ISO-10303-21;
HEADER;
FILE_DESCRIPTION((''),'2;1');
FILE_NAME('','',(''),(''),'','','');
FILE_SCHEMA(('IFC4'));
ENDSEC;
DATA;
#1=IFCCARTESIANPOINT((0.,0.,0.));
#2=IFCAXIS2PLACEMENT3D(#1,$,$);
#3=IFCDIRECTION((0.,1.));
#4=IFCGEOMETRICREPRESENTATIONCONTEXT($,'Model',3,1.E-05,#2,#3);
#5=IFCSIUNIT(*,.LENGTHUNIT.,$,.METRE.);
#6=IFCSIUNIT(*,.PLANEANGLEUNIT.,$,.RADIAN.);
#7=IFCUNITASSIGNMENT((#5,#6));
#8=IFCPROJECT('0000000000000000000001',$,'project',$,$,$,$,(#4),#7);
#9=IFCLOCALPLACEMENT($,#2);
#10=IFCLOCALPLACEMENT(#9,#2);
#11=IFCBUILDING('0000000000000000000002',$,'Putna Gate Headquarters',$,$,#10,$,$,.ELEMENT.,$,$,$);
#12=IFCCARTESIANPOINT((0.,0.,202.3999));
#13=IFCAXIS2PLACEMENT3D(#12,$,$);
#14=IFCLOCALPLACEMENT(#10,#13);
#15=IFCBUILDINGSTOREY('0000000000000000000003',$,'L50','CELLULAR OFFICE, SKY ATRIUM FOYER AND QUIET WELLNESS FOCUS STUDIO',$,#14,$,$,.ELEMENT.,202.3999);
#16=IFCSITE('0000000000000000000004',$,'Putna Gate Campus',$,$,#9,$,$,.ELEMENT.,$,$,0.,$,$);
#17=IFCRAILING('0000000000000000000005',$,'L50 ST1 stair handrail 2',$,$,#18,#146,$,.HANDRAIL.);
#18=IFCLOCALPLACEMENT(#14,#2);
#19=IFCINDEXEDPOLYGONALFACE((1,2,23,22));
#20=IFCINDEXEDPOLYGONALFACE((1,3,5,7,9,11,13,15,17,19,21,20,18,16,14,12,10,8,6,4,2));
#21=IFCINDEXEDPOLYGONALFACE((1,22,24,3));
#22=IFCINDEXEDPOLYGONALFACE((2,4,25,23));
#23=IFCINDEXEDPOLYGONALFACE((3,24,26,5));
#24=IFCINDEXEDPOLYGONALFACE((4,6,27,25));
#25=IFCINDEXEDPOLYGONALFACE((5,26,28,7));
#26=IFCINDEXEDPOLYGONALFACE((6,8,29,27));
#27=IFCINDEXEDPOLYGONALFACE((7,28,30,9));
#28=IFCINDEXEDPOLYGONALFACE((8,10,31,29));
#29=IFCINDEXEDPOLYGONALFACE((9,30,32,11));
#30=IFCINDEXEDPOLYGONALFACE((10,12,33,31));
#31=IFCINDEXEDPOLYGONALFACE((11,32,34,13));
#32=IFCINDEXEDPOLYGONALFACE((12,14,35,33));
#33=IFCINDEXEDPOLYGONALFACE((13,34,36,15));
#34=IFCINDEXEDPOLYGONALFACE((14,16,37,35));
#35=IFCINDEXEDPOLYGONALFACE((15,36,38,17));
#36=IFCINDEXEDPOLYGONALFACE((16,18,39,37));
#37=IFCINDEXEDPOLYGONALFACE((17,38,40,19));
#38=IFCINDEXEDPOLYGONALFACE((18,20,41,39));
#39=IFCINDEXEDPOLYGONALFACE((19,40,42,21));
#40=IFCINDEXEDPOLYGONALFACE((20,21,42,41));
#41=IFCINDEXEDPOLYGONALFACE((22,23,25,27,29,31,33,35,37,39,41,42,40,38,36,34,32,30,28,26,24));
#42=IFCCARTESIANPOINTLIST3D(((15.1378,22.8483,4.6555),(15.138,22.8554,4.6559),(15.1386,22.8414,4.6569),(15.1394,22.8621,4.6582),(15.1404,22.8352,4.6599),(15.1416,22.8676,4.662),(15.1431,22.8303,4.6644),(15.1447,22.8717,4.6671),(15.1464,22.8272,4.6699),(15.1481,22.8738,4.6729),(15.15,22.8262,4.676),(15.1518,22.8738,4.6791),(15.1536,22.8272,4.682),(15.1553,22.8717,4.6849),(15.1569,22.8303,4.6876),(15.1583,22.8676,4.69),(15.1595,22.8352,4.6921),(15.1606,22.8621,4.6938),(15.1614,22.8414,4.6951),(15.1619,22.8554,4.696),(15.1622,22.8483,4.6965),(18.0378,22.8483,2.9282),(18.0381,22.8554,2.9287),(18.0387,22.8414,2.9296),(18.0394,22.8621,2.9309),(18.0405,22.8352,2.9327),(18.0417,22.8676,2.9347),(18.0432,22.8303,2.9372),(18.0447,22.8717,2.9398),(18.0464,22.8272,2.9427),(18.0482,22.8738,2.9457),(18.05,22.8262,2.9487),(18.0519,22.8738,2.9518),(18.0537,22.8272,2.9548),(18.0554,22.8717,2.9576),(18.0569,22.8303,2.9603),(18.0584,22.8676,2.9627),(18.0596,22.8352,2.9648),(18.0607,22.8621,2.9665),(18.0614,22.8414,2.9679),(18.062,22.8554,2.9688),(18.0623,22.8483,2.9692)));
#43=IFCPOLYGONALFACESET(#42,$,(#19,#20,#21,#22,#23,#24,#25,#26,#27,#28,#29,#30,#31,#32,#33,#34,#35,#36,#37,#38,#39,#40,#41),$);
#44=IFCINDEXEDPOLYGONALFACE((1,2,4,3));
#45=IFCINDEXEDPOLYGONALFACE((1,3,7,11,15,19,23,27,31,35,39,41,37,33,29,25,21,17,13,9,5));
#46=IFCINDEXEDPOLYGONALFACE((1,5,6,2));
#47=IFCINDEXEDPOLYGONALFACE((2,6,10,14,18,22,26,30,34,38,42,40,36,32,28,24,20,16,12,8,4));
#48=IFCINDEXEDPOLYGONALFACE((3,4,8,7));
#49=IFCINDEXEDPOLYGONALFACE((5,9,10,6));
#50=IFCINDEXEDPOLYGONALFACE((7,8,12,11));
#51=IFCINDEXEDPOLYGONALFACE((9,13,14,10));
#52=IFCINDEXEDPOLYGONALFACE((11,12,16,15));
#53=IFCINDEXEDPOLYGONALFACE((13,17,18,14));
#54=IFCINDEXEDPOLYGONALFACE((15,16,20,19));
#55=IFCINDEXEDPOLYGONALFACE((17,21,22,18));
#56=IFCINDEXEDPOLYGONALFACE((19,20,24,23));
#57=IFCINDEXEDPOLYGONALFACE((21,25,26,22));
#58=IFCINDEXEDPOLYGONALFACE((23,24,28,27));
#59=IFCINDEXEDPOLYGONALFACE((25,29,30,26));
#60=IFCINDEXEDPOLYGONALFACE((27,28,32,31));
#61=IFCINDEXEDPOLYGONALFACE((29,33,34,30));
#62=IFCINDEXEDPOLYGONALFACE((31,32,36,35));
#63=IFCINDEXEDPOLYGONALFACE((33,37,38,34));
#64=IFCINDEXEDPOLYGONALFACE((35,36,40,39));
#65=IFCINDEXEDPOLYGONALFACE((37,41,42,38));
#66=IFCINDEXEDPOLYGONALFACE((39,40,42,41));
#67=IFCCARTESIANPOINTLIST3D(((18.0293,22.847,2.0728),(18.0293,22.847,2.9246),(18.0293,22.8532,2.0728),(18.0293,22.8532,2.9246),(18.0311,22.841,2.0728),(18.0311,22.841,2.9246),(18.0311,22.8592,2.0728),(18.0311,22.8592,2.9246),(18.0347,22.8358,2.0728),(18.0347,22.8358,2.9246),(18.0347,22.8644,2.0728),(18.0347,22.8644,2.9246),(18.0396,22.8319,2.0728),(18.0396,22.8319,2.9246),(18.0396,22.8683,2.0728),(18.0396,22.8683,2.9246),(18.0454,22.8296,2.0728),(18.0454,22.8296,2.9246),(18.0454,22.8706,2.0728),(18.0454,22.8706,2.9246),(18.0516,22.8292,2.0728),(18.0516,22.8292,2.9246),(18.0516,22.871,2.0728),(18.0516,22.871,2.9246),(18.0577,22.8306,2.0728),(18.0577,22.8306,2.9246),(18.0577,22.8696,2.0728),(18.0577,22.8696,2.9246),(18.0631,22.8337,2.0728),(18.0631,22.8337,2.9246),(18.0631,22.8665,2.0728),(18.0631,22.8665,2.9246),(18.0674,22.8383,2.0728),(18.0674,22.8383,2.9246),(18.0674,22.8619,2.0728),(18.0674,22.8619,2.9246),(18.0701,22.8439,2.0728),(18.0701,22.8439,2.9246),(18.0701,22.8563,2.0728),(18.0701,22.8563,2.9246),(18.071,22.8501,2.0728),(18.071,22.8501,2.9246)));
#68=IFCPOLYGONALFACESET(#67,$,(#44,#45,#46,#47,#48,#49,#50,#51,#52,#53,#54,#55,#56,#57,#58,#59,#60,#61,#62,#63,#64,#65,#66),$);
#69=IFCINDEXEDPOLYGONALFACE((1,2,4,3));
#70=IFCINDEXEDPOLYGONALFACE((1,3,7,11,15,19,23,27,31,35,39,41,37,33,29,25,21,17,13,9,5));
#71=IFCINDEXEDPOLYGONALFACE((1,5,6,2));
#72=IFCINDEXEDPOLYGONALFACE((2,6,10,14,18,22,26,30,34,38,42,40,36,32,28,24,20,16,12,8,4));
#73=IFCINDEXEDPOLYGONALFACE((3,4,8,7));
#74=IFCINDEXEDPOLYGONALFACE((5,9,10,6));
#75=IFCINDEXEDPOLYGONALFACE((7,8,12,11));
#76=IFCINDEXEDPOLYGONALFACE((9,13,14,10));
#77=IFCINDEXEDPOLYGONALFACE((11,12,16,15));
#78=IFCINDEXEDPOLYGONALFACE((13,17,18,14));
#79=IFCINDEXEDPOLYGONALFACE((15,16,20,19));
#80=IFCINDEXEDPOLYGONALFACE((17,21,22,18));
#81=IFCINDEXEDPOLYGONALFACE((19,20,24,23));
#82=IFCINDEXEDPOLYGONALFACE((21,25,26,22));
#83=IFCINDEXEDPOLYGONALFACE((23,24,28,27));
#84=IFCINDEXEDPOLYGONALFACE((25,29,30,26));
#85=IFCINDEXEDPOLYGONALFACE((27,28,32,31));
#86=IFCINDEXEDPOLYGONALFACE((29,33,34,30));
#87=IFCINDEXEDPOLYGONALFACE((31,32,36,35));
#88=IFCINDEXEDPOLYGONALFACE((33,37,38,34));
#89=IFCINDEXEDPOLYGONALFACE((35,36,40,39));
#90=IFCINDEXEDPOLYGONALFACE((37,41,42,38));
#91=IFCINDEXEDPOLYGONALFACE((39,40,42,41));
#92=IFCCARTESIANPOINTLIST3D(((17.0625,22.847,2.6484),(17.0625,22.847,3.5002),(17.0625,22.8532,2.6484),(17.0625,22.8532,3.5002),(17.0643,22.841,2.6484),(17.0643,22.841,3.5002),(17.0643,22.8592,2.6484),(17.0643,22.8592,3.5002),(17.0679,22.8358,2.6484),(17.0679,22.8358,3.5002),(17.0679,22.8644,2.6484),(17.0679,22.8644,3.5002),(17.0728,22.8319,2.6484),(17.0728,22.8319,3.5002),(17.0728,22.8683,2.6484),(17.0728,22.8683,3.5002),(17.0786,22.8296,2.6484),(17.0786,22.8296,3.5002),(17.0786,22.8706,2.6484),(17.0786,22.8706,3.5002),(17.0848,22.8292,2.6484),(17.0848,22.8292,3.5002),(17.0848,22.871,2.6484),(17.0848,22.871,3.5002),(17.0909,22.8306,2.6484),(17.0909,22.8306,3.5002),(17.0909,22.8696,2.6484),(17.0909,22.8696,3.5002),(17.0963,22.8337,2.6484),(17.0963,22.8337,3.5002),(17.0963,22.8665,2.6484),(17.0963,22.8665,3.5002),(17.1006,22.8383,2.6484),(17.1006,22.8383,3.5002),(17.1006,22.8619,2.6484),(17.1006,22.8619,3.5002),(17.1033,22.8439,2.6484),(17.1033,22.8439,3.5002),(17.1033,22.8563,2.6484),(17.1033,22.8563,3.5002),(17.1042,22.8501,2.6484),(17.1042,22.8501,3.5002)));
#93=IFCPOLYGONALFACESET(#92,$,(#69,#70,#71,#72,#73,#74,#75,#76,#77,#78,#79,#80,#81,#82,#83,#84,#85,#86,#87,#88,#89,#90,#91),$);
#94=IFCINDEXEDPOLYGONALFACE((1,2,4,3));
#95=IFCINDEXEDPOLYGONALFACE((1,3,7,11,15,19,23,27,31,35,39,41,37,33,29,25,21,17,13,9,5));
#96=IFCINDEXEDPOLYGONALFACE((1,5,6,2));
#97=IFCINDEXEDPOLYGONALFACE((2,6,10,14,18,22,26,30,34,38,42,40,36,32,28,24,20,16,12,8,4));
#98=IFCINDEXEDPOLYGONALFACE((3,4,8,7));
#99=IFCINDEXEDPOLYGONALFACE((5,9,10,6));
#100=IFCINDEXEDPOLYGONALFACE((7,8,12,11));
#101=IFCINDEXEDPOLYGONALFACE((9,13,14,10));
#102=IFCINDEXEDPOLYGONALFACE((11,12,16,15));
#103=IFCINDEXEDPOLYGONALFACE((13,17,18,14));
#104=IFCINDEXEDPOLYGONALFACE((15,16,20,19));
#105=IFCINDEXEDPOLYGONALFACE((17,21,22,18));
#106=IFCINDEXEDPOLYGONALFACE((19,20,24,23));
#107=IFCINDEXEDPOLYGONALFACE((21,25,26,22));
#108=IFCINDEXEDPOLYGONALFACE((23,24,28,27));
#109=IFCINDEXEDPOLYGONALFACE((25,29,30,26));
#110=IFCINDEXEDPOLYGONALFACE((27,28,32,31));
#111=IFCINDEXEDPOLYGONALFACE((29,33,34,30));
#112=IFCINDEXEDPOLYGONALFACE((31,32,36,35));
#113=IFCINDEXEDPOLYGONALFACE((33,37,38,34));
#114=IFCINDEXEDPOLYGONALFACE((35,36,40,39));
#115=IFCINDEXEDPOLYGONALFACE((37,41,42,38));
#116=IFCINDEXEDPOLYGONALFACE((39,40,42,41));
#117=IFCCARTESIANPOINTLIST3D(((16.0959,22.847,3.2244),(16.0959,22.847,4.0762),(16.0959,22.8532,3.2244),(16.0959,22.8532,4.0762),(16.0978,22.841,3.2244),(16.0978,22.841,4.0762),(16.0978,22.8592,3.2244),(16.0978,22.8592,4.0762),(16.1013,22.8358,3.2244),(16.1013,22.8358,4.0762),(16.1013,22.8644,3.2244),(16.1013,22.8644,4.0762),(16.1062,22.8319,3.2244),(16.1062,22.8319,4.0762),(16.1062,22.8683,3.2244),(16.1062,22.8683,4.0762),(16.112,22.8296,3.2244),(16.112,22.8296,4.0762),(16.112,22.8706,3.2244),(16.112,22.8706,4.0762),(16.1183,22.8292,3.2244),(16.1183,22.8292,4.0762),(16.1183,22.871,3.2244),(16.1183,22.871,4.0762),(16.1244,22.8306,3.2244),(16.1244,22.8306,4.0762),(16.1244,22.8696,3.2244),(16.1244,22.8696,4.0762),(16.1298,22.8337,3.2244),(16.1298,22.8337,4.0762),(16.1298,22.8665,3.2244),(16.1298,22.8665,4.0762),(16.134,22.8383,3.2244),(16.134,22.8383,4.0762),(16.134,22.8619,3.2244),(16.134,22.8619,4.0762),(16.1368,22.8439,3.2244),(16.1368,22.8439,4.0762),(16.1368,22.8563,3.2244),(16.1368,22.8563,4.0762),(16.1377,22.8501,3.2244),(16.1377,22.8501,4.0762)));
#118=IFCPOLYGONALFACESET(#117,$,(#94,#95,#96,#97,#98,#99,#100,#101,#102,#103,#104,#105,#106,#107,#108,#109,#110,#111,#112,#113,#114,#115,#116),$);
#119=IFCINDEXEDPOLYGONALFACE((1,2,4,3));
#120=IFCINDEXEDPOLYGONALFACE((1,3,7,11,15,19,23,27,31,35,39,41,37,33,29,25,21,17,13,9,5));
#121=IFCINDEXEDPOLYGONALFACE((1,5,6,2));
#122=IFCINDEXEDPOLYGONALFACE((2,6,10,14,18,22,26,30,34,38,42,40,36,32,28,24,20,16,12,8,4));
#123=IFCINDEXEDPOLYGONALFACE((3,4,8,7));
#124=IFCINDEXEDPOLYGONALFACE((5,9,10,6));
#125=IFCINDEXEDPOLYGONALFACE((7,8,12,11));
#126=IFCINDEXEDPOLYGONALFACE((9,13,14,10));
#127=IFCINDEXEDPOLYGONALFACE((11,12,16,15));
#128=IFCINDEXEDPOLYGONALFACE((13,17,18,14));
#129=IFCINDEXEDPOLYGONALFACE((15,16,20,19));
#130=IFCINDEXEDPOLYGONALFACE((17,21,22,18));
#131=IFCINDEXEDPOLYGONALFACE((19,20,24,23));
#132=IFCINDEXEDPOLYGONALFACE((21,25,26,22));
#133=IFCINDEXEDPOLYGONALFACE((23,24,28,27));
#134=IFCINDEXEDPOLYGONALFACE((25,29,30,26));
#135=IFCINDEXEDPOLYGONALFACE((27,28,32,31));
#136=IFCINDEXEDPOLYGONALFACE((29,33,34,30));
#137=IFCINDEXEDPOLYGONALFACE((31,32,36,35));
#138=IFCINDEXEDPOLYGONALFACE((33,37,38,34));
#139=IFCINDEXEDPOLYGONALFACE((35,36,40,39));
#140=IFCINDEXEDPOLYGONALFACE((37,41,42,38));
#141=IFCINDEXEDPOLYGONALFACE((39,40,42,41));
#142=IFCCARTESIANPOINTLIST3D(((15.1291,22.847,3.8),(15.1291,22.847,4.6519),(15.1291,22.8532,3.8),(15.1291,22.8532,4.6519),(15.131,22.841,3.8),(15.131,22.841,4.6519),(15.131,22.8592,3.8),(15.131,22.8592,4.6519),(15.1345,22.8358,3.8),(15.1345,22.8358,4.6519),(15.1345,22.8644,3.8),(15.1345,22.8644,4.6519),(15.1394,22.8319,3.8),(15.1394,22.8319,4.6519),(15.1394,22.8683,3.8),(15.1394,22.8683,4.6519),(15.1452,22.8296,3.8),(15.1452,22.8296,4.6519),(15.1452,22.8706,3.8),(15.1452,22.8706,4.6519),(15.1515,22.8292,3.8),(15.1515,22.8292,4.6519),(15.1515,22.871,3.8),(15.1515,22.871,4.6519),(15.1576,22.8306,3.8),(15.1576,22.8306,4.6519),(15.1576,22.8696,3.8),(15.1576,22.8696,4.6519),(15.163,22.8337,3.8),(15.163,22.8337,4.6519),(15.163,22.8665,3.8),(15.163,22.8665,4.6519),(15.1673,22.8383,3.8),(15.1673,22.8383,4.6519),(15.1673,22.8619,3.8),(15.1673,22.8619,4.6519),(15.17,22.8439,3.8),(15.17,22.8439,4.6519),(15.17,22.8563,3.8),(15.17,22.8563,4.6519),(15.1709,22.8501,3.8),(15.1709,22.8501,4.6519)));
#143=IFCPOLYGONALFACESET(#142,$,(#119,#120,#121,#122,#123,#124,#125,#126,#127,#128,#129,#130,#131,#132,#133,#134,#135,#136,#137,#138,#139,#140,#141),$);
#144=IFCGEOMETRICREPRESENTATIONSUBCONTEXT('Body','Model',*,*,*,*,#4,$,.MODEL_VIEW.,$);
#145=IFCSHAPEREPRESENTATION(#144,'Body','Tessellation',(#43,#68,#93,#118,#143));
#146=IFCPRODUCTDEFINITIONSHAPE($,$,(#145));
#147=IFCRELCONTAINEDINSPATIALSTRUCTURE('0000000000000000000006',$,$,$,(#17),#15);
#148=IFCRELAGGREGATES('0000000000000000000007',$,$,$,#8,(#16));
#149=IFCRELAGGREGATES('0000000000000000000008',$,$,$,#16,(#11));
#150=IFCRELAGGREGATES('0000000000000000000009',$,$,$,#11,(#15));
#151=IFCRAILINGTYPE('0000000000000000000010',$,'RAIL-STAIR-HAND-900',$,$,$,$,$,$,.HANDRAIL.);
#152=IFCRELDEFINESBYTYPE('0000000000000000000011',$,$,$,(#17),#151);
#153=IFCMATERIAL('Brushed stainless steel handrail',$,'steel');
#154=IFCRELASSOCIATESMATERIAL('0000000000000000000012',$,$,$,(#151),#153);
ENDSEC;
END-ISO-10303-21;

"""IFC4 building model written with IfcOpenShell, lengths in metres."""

from ifc_helpers import new_model, si_unit, direction, frame, origin, origin_2d, place, context, subcontext, project, spatial, circle, extrude, material, type_object, element, save


model = new_model("IFC4")

# Units and contexts
model_context = context("Model", 3, precision=1e-05, world=origin(), true_north=direction((0.0, 1.0)))
body_context = subcontext(model_context, "Body", "Model", "MODEL_VIEW")
ifc_project = project(units=[si_unit("LENGTHUNIT", "METRE"), si_unit("PLANEANGLEUNIT", "RADIAN")], contexts=[model_context])

# Site, building, storey
site_placement = place(None, origin())
site = spatial("IfcSite", under=ifc_project, at=site_placement, Name="Putna Gate Campus", CompositionType="ELEMENT", RefElevation=0.0)
building_placement = place(site_placement, origin())
building = spatial("IfcBuilding", under=site, at=building_placement, Name="Putna Gate Headquarters", CompositionType="ELEMENT")
storey_placement = place(building_placement, frame((0.0, 0.0, 202.3999)))
storey = spatial("IfcBuildingStorey", under=building, at=storey_placement, Name="L50", Description="CELLULAR OFFICE, SKY ATRIUM FOYER AND QUIET WELLNESS FOCUS STUDIO", CompositionType="ELEMENT", Elevation=202.3999)

# Railing
ifc_material_1 = material(Name="Brushed stainless steel handrail", Category="steel")
railing_type_1 = type_object("IfcRailingType", Name="RAIL-STAIR-HAND-900", PredefinedType="HANDRAIL", material=ifc_material_1)
railing_1_placement = place(storey_placement, frame((18.05, 22.8501, 2.0728)))
element("IfcRailing", 1, at=railing_1_placement, inside=storey, type_object=railing_type_1, Name="L50 ST1 stair handrail 2", PredefinedType="HANDRAIL", context=body_context, shape_type="SweptSolid", body=[
    extrude(circle(Radius=0.0239, at=origin_2d()), frame((0.0, 0.0, 0.876), z_axis=(-0.85916, 0.0, 0.511706), x_axis=(0.0, -1.0, 0.0)), (0.0, 0.0, 1.0), 3.3755),
    extrude(circle(Radius=0.021, at=origin_2d()), origin(), (0.0, 0.0, 1.0), 0.8518),
    extrude(circle(Radius=0.021, at=origin_2d()), frame((-0.9668, 0.0, 0.5757)), (0.0, 0.0, 1.0), 0.8518),
    extrude(circle(Radius=0.021, at=origin_2d()), frame((-1.9333, 0.0, 1.1516)), (0.0, 0.0, 1.0), 0.8518),
    extrude(circle(Radius=0.021, at=origin_2d()), frame((-2.9001, 0.0, 1.7273)), (0.0, 0.0, 1.0), 0.8518),
])

save(model, "model.ifc")
